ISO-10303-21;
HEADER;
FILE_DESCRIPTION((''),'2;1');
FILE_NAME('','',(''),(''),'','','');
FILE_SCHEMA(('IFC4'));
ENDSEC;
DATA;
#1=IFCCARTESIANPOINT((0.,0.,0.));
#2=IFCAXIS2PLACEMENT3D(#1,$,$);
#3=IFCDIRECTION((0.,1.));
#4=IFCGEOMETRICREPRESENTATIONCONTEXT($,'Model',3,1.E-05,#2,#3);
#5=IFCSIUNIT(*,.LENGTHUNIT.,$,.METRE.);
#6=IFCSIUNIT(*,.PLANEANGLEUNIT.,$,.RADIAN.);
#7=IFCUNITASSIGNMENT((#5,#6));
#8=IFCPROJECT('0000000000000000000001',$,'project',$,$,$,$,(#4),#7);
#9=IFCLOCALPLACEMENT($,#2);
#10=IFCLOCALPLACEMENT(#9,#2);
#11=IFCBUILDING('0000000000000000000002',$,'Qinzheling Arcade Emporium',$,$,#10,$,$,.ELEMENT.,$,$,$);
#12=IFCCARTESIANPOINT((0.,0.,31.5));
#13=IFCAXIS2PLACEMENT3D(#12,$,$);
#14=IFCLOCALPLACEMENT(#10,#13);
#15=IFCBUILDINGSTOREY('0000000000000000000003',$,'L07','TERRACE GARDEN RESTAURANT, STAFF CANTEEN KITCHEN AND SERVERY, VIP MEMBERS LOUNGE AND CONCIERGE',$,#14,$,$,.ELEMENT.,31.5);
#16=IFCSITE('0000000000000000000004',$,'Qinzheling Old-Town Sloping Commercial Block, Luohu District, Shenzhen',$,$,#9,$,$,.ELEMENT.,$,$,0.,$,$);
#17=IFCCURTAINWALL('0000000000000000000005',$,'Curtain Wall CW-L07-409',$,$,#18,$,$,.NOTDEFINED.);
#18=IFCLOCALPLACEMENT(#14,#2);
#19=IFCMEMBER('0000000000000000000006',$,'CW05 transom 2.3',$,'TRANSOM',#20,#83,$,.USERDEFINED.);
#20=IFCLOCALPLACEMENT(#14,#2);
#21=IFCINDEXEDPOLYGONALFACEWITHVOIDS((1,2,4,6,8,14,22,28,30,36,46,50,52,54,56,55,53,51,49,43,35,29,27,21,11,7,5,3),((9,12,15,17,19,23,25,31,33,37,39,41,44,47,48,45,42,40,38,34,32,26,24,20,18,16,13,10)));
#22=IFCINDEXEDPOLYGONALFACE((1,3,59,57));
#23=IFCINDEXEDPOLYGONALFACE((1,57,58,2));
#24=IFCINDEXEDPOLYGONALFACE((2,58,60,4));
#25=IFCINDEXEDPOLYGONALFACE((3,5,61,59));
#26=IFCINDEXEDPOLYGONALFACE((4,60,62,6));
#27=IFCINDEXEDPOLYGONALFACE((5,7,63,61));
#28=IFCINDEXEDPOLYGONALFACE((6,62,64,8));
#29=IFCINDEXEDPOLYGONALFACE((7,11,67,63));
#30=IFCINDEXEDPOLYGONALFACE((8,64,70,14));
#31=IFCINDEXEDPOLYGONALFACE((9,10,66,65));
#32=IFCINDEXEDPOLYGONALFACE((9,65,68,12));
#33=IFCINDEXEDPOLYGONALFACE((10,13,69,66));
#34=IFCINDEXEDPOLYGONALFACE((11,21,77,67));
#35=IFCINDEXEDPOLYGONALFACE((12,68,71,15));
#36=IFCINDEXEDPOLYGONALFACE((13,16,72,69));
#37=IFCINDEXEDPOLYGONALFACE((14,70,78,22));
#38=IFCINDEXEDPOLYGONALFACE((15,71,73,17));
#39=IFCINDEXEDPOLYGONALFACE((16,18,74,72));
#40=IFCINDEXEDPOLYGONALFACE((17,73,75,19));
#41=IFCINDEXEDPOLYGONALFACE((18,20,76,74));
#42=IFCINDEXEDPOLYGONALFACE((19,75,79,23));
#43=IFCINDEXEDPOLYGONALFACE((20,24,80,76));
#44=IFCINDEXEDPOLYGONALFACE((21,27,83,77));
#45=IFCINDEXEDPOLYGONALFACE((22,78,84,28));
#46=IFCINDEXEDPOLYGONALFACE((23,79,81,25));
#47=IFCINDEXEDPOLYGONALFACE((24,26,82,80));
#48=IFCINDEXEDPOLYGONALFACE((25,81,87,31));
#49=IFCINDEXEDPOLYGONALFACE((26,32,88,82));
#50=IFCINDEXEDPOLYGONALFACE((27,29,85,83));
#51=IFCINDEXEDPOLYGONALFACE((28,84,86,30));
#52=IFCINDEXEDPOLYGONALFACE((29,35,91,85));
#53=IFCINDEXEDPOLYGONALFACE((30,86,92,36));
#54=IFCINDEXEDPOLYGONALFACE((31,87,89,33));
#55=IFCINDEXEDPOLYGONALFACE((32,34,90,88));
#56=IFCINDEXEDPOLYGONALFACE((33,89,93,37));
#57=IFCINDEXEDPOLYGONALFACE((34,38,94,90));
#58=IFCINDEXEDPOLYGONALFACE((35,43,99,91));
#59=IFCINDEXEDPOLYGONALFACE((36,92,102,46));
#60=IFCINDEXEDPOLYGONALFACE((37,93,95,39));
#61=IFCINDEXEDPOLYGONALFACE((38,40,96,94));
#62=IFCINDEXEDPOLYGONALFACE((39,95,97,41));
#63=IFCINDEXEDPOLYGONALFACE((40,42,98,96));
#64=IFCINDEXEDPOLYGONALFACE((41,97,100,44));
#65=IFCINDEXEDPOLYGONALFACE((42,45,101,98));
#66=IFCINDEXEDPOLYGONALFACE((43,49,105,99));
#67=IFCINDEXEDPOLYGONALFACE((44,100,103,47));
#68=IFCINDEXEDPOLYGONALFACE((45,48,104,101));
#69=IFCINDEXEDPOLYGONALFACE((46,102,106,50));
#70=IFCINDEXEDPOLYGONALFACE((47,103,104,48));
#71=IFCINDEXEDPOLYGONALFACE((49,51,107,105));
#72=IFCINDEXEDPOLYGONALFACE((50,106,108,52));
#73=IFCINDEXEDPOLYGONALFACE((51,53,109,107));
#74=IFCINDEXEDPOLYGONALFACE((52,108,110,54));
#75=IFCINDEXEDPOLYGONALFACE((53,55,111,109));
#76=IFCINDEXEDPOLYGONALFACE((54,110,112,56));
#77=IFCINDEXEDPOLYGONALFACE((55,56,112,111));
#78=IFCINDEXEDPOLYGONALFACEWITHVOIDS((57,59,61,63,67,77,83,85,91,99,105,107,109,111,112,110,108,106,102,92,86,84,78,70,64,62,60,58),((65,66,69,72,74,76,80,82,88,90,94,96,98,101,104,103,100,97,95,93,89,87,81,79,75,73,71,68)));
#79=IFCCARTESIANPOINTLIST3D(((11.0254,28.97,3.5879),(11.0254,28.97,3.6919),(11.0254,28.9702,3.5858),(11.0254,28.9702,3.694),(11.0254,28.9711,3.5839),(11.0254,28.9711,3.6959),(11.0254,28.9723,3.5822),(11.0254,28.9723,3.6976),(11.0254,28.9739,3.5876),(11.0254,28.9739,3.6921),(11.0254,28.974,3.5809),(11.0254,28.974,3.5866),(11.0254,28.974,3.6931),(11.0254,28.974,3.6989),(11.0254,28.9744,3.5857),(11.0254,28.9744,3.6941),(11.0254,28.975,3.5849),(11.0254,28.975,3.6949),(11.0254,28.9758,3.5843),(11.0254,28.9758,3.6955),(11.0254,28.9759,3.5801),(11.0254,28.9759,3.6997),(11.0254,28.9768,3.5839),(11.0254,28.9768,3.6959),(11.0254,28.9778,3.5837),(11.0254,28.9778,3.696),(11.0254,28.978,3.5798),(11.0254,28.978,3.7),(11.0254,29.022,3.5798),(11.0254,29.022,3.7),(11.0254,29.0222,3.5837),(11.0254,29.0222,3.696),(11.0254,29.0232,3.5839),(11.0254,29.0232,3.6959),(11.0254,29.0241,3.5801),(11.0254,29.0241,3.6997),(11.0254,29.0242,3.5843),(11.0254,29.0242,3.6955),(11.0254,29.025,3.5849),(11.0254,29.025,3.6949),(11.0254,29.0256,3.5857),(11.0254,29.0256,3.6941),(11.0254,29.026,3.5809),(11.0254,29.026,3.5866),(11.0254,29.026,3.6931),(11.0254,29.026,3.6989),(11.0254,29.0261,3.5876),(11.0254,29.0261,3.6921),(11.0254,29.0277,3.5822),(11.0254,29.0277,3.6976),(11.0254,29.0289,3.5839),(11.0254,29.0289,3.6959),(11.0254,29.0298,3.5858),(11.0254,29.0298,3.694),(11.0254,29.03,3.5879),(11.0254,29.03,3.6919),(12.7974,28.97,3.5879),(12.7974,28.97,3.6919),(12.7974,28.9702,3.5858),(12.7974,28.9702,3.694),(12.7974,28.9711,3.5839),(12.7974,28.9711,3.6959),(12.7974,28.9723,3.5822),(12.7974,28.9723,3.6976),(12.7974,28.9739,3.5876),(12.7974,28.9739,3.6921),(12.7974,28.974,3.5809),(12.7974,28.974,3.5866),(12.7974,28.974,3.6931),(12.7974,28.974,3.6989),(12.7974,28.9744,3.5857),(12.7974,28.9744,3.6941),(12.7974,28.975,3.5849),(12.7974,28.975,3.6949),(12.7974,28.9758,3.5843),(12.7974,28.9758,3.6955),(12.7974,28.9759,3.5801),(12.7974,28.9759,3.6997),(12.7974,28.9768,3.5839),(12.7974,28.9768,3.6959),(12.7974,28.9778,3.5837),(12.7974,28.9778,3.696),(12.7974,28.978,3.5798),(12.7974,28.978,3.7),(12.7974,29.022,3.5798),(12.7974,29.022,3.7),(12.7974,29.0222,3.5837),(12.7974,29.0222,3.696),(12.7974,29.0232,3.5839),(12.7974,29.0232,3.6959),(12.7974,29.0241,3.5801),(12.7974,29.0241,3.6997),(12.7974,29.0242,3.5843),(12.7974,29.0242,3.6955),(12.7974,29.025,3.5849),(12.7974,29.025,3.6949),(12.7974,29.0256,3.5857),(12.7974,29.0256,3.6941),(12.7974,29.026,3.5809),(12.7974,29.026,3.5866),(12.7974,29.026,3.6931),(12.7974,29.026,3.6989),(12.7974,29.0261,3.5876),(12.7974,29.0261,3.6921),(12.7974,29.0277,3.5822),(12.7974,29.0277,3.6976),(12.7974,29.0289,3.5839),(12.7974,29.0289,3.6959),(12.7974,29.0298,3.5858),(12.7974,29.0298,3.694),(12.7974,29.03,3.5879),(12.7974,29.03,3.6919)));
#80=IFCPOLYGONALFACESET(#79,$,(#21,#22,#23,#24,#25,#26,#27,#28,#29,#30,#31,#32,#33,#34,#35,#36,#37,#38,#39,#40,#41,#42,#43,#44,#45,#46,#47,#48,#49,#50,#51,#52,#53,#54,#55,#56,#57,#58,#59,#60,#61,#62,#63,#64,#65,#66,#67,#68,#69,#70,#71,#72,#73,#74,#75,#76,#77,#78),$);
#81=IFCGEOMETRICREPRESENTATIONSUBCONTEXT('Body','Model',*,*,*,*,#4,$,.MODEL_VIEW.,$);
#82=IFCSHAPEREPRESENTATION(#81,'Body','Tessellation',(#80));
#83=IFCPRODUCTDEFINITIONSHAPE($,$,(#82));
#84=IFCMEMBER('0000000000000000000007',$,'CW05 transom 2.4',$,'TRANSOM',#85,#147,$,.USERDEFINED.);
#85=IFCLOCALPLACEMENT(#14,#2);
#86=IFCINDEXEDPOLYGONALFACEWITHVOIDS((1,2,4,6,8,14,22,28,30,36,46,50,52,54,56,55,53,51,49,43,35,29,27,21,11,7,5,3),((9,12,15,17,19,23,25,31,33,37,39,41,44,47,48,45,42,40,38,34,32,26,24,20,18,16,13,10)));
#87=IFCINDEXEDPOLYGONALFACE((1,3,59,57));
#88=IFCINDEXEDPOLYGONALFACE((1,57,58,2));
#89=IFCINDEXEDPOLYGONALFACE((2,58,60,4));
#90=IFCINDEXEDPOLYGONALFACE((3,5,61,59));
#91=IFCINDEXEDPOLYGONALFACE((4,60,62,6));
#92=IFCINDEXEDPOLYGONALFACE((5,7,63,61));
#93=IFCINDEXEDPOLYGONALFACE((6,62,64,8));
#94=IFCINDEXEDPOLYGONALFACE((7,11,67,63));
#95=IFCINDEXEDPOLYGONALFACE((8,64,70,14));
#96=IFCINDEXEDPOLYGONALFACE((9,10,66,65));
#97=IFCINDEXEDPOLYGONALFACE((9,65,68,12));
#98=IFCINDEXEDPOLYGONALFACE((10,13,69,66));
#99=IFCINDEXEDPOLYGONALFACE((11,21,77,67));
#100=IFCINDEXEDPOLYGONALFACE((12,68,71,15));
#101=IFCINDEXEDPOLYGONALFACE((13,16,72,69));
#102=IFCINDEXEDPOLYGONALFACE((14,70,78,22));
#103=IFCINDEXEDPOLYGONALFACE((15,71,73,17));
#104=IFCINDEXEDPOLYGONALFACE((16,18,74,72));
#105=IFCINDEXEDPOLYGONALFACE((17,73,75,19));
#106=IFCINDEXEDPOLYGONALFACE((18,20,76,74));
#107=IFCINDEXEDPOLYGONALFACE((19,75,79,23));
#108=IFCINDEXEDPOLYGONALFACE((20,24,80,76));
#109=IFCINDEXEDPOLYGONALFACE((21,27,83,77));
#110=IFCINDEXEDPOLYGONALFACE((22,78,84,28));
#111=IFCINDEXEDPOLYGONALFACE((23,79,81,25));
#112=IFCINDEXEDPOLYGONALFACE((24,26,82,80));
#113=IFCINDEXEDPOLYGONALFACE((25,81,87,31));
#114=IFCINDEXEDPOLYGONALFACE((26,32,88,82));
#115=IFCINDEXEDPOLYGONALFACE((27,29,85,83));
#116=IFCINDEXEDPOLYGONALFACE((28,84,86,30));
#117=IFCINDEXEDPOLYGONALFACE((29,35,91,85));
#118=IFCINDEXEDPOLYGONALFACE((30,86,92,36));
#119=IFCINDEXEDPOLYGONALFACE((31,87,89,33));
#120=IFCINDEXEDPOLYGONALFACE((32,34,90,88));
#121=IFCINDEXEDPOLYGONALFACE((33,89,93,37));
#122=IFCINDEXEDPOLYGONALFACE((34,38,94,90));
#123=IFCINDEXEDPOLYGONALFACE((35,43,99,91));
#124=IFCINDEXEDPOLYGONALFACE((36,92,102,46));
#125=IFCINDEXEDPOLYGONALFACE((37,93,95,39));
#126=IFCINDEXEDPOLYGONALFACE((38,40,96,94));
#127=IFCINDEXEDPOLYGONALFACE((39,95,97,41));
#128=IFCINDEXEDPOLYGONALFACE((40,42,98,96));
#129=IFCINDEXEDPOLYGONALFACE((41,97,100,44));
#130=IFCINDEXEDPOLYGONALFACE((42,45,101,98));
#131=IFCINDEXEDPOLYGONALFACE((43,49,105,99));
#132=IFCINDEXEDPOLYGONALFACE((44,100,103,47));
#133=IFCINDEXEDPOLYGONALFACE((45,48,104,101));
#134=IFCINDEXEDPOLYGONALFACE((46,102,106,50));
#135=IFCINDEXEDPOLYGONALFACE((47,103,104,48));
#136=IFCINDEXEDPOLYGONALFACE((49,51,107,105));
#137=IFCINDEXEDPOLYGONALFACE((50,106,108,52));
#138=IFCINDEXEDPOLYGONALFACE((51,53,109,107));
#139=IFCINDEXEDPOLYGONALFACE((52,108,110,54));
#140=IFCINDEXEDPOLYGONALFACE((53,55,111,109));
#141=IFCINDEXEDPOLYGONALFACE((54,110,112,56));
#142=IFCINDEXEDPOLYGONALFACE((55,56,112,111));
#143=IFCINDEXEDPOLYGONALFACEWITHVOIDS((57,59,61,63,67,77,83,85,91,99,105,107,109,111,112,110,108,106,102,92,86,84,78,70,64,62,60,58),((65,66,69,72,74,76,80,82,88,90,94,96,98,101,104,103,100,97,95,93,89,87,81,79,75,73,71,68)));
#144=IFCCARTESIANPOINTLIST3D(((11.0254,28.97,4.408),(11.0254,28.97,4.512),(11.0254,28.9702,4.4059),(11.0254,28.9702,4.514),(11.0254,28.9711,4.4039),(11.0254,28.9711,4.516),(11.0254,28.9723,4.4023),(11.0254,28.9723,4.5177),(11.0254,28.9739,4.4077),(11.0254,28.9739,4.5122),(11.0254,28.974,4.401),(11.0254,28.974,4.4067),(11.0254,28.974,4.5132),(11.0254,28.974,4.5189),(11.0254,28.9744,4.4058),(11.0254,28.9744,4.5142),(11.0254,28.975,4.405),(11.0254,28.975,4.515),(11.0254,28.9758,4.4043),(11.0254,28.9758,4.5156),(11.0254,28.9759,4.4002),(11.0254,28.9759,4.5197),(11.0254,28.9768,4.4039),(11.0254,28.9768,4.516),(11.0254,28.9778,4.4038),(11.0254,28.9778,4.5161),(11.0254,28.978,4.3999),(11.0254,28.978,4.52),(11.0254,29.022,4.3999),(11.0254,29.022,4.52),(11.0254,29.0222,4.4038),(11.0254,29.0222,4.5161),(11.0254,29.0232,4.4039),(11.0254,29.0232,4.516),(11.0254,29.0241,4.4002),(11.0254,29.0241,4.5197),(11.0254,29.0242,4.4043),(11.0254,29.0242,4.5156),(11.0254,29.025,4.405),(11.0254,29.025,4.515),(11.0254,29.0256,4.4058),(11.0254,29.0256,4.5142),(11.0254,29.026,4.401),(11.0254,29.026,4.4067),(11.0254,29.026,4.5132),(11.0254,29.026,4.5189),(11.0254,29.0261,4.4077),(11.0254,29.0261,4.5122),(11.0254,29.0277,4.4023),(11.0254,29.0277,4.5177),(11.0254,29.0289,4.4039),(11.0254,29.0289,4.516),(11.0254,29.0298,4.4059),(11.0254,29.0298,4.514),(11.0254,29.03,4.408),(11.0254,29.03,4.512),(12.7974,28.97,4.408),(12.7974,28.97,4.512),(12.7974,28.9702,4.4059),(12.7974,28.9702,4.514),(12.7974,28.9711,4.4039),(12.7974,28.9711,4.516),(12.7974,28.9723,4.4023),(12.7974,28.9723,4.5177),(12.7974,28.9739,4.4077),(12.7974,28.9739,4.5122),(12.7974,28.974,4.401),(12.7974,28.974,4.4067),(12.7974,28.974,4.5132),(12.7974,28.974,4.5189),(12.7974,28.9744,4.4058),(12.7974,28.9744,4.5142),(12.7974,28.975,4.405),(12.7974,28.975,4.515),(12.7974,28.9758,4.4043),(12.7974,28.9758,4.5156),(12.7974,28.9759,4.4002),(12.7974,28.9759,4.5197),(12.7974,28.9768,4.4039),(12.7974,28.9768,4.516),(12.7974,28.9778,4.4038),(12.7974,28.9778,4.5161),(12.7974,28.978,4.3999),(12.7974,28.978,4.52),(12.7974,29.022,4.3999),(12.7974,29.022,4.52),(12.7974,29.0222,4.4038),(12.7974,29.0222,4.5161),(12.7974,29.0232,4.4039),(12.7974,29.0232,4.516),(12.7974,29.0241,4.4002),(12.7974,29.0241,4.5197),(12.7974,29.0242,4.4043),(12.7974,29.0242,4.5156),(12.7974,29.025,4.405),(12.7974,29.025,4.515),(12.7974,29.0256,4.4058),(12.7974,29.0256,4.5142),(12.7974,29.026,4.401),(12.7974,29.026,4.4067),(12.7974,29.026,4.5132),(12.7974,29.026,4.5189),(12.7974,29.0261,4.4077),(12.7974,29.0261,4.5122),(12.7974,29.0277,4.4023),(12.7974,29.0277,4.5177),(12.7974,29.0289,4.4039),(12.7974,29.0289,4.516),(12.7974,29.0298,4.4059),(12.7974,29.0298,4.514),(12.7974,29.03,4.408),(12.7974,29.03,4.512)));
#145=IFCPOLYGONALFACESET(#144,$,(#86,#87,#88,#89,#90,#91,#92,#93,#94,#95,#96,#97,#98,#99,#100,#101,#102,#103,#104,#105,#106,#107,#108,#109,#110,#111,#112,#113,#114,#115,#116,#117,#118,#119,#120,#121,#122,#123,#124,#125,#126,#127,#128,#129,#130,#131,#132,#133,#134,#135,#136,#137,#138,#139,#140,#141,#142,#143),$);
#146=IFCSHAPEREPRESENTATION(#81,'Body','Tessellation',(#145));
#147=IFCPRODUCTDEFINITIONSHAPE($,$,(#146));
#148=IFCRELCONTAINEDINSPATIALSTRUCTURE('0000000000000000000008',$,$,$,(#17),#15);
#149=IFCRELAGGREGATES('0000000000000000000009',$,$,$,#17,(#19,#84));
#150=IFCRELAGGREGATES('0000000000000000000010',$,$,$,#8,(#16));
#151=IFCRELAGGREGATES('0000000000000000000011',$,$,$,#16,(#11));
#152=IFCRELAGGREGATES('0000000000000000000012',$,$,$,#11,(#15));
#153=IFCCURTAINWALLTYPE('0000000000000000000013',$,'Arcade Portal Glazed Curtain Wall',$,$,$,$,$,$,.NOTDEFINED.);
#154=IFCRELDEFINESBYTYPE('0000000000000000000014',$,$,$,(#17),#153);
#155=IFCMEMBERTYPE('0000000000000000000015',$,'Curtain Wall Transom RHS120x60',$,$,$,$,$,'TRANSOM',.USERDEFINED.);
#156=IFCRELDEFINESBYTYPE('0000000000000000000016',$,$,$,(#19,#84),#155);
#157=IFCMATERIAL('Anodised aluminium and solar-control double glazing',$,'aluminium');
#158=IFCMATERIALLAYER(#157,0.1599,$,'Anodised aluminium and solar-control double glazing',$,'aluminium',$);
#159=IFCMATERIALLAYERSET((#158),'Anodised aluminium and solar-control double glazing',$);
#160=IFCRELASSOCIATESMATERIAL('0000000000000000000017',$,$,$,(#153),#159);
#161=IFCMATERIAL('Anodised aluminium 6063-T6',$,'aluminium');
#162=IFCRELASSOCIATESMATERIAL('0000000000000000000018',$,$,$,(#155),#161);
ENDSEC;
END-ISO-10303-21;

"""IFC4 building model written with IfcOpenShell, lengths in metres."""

from ifc_helpers import new_model, si_unit, direction, frame, origin, origin_2d, place, context, subcontext, project, spatial, hollow_rectangle, extrude, material, layer, layer_set, material_profile, profile_set, type_object, element, aggregate, save


model = new_model("IFC4")

# Units and contexts
model_context = context("Model", 3, precision=1e-05, world=origin(), true_north=direction((0.0, 1.0)))
body_context = subcontext(model_context, "Body", "Model", "MODEL_VIEW")
ifc_project = project(units=[si_unit("LENGTHUNIT", "METRE"), si_unit("PLANEANGLEUNIT", "RADIAN")], contexts=[model_context])

# Site, building, storey
site_placement = place(None, origin())
site = spatial("IfcSite", under=ifc_project, at=site_placement, Name="Qinzheling Old-Town Sloping Commercial Block, Luohu District, Shenzhen", CompositionType="ELEMENT", RefElevation=0.0)
building_placement = place(site_placement, origin())
building = spatial("IfcBuilding", under=site, at=building_placement, Name="Qinzheling Arcade Emporium", CompositionType="ELEMENT")
storey_placement = place(building_placement, frame((0.0, 0.0, 31.5)))
storey = spatial("IfcBuildingStorey", under=building, at=storey_placement, Name="L07", Description="TERRACE GARDEN RESTAURANT, STAFF CANTEEN KITCHEN AND SERVERY, VIP MEMBERS LOUNGE AND CONCIERGE", CompositionType="ELEMENT", Elevation=31.5)

# Shared definitions
ifc_material_1 = material(Name="Anodised aluminium and solar-control double glazing", Category="aluminium")
ifc_material_2 = material(Name="Anodised aluminium 6063-T6", Category="aluminium")

# Curtain wall, members
ifc_layer_1 = layer(ifc_material_1, 0.1599, Name="Anodised aluminium and solar-control double glazing", Category="aluminium")
ifc_layer_set_1 = layer_set([ifc_layer_1], Name="Anodised aluminium and solar-control double glazing")
curtain_wall_type_1 = type_object("IfcCurtainWallType", Name="Arcade Portal Glazed Curtain Wall", PredefinedType="NOTDEFINED", material=ifc_layer_set_1)
curtain_wall_1_placement = place(storey_placement, origin())
curtain_wall_1 = element("IfcCurtainWall", 1, at=curtain_wall_1_placement, inside=storey, type_object=curtain_wall_type_1, Name="Curtain Wall CW-L07-409", PredefinedType="NOTDEFINED")
ifc_material_profile_1 = material_profile(ifc_material_2, hollow_rectangle(XDim=0.0601, YDim=0.1201, WallThickness=0.0039, InnerFilletRadius=0.0039, OuterFilletRadius=0.0081, at=origin_2d()), Name="RHS 120x60x4", Category="aluminium")
ifc_profile_set_1 = profile_set([ifc_material_profile_1], Name="Anodised aluminium 6063-T6")
member_type_1 = type_object("IfcMemberType", Name="Curtain Wall Transom RHS120x60", ElementType="TRANSOM", PredefinedType="USERDEFINED", material=ifc_profile_set_1)
member_1_placement = place(storey_placement, frame((12.7974, 29.0, 3.6399), z_axis=(-1.0, 0.0, 0.0), x_axis=(0.0, -1.0, 0.0)))
member_1 = element("IfcMember", 2, at=member_1_placement, type_object=member_type_1, Name="CW05 transom 2.3", ObjectType="TRANSOM", PredefinedType="USERDEFINED", context=body_context, shape_type="SweptSolid", body=[
    extrude(hollow_rectangle(XDim=0.0601, YDim=0.1201, WallThickness=0.0039, InnerFilletRadius=0.0039, OuterFilletRadius=0.0081, at=origin_2d()), origin(), (0.0, 0.0, 1.0), 1.772),
])
member_2_placement = place(storey_placement, frame((12.7974, 29.0, 4.46), z_axis=(-1.0, 0.0, 0.0), x_axis=(0.0, -1.0, 0.0)))
member_2 = element("IfcMember", 3, at=member_2_placement, type_object=member_type_1, Name="CW05 transom 2.4", ObjectType="TRANSOM", PredefinedType="USERDEFINED", context=body_context, shape_type="SweptSolid", body=[
    extrude(hollow_rectangle(XDim=0.0601, YDim=0.1201, WallThickness=0.0039, InnerFilletRadius=0.0039, OuterFilletRadius=0.0081, at=origin_2d()), origin(), (0.0, 0.0, 1.0), 1.772),
])

aggregate(curtain_wall_1, [member_1, member_2])

save(model, "model.ifc")
